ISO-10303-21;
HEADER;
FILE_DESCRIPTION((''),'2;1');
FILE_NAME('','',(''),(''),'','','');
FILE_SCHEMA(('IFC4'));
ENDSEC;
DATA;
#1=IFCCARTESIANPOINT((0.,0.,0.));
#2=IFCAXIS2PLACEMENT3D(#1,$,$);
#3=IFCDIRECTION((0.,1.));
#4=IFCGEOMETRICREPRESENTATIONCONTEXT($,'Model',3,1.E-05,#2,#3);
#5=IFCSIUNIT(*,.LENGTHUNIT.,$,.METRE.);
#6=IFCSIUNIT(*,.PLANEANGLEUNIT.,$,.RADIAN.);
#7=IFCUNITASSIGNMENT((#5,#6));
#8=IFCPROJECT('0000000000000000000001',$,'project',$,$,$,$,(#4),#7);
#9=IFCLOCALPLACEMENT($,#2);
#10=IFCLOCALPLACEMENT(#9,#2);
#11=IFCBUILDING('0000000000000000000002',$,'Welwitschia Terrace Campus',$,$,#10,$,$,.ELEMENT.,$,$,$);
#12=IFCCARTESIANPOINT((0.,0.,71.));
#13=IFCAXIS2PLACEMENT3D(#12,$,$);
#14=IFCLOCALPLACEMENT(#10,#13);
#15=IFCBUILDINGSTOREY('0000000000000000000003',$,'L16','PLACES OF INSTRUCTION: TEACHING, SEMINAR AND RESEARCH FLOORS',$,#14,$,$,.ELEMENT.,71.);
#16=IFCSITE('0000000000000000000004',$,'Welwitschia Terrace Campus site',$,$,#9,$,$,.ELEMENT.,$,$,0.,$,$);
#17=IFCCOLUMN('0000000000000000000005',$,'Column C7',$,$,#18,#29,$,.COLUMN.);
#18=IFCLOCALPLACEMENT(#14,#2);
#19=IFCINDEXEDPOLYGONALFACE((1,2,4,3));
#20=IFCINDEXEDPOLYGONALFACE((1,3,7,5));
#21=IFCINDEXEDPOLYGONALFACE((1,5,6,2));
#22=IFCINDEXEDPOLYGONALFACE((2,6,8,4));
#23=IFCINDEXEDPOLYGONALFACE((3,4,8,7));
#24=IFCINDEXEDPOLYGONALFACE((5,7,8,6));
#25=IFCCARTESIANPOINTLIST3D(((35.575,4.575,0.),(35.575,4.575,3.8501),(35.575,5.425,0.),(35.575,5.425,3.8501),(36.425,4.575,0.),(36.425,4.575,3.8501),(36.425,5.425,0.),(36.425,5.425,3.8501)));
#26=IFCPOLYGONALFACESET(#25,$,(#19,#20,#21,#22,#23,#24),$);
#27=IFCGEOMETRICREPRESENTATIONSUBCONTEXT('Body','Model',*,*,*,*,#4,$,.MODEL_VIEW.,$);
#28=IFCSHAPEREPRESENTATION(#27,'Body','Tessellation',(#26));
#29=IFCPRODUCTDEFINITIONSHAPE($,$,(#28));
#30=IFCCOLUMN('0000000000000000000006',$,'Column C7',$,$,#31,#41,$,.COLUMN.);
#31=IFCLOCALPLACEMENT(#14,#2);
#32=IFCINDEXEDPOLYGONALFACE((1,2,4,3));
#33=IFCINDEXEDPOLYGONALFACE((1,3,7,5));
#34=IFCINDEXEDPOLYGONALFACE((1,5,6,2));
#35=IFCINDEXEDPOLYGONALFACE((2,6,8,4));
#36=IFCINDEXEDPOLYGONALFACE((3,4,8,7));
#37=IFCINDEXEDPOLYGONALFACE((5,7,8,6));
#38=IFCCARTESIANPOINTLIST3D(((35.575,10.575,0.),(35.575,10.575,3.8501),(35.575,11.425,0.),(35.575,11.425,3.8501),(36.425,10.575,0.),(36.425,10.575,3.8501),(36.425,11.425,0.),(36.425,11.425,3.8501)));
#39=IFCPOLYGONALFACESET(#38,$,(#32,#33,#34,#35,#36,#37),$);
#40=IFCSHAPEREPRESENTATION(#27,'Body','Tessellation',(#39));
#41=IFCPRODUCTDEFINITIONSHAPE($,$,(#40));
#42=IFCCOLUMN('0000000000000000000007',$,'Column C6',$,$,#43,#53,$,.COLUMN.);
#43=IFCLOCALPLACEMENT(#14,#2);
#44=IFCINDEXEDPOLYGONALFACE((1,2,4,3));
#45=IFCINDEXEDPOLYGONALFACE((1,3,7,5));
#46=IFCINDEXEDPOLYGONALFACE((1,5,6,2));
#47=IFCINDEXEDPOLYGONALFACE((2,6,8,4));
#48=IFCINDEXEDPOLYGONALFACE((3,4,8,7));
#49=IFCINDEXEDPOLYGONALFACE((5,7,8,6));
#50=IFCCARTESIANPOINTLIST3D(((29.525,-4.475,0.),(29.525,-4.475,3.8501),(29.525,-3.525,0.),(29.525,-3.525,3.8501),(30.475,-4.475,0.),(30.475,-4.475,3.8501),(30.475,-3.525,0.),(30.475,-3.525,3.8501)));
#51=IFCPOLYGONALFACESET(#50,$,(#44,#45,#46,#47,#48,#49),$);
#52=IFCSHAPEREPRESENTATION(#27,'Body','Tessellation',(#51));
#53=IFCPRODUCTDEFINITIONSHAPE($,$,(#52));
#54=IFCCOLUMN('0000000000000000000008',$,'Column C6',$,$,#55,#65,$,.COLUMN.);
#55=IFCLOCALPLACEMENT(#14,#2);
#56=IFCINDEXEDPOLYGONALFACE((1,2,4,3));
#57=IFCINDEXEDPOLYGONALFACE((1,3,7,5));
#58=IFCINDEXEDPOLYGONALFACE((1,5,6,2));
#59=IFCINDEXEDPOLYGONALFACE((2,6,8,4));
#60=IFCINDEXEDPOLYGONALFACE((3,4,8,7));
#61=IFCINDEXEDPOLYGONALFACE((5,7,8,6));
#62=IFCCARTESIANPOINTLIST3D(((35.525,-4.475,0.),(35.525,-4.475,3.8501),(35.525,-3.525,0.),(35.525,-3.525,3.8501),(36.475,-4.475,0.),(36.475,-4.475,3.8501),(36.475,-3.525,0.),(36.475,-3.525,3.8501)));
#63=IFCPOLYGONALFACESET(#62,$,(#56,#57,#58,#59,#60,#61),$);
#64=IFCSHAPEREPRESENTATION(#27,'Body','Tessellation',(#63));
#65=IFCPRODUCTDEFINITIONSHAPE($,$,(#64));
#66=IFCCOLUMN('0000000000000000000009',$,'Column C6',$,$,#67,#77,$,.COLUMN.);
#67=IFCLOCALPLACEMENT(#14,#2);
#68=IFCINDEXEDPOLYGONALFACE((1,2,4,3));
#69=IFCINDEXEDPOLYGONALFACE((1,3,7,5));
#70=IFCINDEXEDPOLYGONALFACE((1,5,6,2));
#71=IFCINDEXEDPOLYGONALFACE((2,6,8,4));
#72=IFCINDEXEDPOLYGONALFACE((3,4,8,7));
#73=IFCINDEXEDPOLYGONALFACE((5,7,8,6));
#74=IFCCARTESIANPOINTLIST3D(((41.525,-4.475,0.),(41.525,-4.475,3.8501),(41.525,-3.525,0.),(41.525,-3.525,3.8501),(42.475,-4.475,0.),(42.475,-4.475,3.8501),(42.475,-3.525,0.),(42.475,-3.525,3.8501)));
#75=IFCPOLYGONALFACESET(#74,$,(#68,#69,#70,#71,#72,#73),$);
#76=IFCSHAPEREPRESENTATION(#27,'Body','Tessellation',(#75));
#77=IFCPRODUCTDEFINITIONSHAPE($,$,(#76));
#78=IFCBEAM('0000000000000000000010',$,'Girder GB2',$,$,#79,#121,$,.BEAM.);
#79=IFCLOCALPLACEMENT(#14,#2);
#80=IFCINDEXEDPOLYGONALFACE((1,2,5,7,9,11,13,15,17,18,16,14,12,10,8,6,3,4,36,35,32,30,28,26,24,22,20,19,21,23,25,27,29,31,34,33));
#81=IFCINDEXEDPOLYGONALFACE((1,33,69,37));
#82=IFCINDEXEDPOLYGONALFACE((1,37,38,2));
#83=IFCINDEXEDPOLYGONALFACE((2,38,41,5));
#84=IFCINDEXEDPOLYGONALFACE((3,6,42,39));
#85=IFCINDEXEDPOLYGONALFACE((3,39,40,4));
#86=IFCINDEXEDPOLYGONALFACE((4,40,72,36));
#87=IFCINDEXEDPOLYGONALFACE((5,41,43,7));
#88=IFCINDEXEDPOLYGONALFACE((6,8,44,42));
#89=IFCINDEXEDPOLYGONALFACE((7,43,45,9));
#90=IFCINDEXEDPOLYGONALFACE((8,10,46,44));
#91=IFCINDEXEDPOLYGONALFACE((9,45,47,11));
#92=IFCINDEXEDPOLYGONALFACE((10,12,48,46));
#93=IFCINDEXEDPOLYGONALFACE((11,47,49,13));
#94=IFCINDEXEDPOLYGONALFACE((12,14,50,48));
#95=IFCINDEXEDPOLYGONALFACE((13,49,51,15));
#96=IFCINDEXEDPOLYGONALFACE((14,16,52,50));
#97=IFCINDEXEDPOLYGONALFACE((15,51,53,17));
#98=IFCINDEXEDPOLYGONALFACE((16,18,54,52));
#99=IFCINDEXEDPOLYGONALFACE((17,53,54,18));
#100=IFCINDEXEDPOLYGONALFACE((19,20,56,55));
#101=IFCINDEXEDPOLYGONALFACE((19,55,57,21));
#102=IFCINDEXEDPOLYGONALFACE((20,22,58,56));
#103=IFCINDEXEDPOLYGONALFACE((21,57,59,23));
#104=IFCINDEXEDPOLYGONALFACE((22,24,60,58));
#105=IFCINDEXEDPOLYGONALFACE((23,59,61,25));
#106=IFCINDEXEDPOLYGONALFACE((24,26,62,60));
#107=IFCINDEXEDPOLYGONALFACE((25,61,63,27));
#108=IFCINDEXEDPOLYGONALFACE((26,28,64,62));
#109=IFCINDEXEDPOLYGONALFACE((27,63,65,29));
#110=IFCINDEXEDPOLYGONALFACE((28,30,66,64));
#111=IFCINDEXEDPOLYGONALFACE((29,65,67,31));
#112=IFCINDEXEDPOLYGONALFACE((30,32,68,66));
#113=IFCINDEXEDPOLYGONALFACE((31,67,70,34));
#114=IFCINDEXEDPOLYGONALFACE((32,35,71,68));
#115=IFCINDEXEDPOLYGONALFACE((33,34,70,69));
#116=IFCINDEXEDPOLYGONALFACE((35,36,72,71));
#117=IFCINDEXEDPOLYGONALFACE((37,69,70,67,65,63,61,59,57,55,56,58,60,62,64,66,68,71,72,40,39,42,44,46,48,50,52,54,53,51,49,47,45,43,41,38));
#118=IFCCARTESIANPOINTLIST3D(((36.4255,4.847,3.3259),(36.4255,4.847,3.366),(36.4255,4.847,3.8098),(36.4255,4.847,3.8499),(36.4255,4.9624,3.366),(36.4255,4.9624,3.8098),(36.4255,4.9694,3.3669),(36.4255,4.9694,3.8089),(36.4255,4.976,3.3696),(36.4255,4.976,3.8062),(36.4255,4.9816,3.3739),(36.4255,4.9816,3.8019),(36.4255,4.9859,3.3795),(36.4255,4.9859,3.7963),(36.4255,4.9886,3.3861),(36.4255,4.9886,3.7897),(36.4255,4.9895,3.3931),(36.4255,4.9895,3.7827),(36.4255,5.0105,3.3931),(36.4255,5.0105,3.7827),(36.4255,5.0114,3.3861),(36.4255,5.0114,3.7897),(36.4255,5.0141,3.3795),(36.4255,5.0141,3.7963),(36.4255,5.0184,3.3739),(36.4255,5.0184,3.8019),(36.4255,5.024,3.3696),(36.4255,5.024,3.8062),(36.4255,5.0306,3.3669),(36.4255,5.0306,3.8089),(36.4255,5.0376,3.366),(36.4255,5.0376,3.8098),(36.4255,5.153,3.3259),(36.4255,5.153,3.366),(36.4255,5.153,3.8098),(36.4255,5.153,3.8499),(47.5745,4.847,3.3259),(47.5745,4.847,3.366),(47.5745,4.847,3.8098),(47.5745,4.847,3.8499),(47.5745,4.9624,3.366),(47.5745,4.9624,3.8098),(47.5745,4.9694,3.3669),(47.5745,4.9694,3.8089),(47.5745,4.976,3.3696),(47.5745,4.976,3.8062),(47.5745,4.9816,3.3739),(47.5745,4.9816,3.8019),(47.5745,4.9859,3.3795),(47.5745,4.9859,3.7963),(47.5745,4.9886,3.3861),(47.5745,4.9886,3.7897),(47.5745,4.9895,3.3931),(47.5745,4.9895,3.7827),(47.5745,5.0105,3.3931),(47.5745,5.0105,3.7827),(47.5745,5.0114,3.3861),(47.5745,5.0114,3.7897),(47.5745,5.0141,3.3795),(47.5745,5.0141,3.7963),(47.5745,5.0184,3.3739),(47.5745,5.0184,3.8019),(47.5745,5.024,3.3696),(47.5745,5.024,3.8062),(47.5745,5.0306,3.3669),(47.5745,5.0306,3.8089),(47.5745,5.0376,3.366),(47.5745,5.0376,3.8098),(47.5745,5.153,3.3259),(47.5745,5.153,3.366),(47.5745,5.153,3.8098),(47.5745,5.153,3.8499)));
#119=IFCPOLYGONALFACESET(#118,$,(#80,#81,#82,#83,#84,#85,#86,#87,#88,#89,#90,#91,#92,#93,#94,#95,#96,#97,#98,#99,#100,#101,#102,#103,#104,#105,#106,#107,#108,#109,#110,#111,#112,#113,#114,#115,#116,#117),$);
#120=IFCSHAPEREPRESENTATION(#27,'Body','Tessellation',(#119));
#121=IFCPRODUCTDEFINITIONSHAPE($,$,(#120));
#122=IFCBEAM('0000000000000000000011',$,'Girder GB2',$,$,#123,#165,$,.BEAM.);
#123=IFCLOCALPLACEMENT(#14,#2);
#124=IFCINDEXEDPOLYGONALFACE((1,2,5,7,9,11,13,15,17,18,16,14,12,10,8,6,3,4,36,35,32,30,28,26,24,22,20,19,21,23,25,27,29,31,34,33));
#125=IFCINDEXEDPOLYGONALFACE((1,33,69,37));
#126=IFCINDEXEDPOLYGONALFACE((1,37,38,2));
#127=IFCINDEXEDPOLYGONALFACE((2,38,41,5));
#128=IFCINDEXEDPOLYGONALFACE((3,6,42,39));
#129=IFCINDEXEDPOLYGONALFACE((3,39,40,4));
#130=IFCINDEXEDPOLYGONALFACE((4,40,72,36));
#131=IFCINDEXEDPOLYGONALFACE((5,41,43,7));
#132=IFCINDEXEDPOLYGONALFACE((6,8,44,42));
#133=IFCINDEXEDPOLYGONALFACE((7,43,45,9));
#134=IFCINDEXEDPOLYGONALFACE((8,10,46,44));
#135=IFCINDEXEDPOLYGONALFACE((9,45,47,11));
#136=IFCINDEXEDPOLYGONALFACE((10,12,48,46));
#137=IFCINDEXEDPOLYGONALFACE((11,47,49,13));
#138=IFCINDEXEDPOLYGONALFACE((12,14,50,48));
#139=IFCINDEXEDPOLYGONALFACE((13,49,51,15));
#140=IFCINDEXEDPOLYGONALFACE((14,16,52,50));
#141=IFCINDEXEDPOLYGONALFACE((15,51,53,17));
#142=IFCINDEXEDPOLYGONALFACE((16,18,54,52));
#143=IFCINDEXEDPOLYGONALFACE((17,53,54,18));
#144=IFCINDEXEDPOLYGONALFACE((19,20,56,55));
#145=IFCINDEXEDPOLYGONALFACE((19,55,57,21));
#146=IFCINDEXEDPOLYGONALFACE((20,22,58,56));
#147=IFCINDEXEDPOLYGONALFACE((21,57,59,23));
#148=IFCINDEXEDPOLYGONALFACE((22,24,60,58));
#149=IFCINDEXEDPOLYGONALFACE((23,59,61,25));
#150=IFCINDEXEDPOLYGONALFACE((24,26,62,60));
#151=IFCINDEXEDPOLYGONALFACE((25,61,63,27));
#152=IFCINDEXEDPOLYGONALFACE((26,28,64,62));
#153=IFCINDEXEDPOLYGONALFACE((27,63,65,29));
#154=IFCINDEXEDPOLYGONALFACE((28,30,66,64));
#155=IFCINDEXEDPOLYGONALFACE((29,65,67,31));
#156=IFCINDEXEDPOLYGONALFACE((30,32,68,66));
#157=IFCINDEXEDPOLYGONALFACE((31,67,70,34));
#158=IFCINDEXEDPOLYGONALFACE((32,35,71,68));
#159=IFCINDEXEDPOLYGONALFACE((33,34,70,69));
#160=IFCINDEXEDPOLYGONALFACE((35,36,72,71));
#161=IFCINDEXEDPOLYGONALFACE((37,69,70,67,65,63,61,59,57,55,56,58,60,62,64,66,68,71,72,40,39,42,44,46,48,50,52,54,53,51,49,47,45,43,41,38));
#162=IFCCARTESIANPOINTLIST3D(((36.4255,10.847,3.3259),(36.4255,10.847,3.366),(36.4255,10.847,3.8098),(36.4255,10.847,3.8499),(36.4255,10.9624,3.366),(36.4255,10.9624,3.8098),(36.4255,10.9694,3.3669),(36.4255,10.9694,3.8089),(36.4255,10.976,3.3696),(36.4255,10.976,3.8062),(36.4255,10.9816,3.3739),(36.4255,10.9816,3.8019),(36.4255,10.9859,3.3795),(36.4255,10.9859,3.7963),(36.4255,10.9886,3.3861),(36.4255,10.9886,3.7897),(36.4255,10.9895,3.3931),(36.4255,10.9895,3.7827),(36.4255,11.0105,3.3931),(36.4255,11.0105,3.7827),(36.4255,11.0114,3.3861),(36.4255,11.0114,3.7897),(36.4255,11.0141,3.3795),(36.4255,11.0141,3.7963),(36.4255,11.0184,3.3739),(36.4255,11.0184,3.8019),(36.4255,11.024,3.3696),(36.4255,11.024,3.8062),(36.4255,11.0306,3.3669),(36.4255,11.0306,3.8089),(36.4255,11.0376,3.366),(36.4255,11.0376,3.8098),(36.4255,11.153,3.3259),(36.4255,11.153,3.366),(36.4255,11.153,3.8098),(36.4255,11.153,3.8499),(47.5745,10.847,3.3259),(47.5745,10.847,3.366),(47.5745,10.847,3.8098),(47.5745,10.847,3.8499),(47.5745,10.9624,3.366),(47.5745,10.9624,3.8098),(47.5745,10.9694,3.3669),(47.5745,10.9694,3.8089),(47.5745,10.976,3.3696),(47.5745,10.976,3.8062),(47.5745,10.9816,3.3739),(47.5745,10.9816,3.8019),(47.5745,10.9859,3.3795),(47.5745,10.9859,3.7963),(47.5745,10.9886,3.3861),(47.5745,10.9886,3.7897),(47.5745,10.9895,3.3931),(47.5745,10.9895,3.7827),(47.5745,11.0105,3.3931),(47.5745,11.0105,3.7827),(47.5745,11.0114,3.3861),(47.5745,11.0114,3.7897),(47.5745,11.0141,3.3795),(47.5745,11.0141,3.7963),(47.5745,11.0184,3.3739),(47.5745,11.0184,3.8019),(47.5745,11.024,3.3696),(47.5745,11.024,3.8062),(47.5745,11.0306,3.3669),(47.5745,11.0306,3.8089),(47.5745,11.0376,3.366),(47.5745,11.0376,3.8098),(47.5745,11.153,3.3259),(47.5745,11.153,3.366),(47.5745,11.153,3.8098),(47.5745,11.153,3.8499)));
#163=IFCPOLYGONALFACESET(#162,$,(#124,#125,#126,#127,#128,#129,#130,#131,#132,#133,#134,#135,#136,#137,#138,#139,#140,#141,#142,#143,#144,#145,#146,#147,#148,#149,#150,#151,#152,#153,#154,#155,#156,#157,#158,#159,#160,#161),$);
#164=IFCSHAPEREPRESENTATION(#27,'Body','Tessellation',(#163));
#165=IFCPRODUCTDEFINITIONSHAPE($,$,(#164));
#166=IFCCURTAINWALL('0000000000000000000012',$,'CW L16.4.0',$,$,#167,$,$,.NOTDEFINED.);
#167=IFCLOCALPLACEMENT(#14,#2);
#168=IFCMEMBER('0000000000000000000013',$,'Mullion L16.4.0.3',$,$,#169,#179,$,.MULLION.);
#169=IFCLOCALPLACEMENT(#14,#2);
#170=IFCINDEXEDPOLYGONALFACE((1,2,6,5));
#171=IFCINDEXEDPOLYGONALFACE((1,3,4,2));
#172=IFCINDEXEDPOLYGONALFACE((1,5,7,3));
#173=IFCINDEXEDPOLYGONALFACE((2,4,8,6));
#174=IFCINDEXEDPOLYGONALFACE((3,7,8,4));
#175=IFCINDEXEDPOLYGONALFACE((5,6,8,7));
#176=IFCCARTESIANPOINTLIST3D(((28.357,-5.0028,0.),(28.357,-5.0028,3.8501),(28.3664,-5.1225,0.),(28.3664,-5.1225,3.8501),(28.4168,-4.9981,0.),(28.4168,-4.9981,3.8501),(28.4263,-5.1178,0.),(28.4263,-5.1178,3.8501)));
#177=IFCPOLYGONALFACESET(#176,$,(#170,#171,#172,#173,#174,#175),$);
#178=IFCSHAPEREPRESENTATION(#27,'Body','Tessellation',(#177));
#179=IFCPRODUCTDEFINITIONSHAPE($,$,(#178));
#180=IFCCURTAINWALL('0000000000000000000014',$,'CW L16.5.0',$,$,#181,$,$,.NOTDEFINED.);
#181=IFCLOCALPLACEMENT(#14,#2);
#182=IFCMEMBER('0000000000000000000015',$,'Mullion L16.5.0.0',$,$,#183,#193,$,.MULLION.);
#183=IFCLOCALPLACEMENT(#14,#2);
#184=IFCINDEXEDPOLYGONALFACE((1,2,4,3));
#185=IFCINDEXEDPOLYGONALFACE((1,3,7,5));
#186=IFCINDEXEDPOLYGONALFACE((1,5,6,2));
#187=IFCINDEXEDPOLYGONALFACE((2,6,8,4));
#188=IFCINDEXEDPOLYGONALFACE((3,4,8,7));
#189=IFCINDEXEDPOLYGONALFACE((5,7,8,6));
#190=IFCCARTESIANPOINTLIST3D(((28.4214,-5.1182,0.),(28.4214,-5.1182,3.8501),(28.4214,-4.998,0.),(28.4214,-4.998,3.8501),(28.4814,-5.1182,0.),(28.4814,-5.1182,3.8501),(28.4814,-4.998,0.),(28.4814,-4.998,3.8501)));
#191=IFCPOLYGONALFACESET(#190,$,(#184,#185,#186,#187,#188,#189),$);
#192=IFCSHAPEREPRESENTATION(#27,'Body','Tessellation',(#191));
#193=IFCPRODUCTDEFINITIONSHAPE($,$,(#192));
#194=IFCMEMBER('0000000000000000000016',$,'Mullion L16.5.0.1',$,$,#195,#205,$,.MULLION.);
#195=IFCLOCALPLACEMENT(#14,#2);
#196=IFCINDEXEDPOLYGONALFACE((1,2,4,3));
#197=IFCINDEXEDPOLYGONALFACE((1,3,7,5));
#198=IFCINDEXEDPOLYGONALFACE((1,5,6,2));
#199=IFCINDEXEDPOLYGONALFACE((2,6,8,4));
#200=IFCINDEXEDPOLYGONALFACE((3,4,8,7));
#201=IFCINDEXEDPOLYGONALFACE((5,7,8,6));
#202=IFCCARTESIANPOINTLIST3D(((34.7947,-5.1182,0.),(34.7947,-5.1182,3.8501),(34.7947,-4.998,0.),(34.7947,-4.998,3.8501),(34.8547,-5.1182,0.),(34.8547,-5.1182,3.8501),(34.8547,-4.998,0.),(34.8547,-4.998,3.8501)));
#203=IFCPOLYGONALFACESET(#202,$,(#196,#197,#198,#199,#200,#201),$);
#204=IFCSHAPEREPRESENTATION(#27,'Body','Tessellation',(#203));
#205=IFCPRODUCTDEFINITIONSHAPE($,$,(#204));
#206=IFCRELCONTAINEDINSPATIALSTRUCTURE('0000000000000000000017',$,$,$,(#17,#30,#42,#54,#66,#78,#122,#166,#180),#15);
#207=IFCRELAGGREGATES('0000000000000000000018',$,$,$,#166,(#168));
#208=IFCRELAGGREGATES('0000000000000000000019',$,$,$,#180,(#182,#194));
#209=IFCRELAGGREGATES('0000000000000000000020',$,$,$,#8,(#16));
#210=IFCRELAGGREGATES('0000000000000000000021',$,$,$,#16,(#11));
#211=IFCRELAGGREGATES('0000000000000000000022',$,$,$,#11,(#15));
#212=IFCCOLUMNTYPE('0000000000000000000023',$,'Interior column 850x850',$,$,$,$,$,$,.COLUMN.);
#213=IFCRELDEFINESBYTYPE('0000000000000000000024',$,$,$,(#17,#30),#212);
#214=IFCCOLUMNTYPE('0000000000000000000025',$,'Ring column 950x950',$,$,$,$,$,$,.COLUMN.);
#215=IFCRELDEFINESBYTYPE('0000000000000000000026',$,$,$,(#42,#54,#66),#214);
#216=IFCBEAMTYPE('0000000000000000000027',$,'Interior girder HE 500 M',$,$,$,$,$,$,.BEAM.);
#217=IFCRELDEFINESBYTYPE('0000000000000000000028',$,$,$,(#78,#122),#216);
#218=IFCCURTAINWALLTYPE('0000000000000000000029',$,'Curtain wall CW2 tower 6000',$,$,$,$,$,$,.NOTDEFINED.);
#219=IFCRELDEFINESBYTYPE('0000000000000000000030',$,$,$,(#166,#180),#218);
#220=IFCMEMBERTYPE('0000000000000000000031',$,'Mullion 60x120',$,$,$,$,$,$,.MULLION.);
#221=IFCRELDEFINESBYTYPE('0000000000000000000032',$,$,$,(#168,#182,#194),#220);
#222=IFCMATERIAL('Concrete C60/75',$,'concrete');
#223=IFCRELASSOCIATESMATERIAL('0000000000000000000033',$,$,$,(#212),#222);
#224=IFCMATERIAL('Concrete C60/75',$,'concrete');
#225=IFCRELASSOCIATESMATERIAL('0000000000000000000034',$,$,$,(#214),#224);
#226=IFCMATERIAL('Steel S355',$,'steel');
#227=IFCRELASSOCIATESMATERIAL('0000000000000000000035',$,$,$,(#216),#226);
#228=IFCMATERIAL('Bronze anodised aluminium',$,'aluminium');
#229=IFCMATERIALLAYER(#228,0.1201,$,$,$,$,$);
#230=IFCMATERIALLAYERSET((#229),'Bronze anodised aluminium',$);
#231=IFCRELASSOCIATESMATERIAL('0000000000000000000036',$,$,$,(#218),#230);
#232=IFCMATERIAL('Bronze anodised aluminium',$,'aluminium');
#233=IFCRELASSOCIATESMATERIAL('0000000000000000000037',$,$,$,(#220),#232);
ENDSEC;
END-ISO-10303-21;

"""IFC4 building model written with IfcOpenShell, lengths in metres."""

from ifc_helpers import new_model, si_unit, direction, frame, origin, origin_2d, place, context, subcontext, project, spatial, rectangle, i_section, extrude, material, layer, layer_set, material_profile, profile_set, type_object, element, aggregate, save


model = new_model("IFC4")

# Units and contexts
model_context = context("Model", 3, precision=1e-05, world=origin(), true_north=direction((0.0, 1.0)))
body_context = subcontext(model_context, "Body", "Model", "MODEL_VIEW")
ifc_project = project(units=[si_unit("LENGTHUNIT", "METRE"), si_unit("PLANEANGLEUNIT", "RADIAN")], contexts=[model_context])

# Site, building, storey
site_placement = place(None, origin())
site = spatial("IfcSite", under=ifc_project, at=site_placement, Name="Welwitschia Terrace Campus site", CompositionType="ELEMENT", RefElevation=0.0)
building_placement = place(site_placement, origin())
building = spatial("IfcBuilding", under=site, at=building_placement, Name="Welwitschia Terrace Campus", CompositionType="ELEMENT")
storey_placement = place(building_placement, frame((0.0, 0.0, 71.0)))
storey = spatial("IfcBuildingStorey", under=building, at=storey_placement, Name="L16", Description="PLACES OF INSTRUCTION: TEACHING, SEMINAR AND RESEARCH FLOORS", CompositionType="ELEMENT", Elevation=71.0)

# Columns
ifc_material_1 = material(Name="Concrete C60/75", Category="concrete")
ifc_material_profile_1 = material_profile(ifc_material_1, rectangle(XDim=0.8501, YDim=0.8501, at=origin_2d()))
ifc_profile_set_1 = profile_set([ifc_material_profile_1], Name="Concrete C60/75")
column_type_1 = type_object("IfcColumnType", Name="Interior column 850x850", PredefinedType="COLUMN", material=ifc_profile_set_1)
for number, where, z_axis, x_axis, name in (
    (1, (36.0, 5.0, 0.0), (0.0, 0.0, 1.0), (1.0, 0.0, 0.0), "Column C7"),
    (2, (36.0, 11.0, 0.0), (0.0, 0.0, 1.0), (1.0, 0.0, 0.0), "Column C7"),
):
    element("IfcColumn", number, at=place(storey_placement, frame(where, z_axis=z_axis, x_axis=x_axis)), inside=storey, type_object=column_type_1, Name=name, PredefinedType="COLUMN", context=body_context, shape_type="SweptSolid", body=[
        extrude(rectangle(XDim=0.8501, YDim=0.8501, at=origin_2d()), origin(), (0.0, 0.0, 1.0), 3.8501),
    ])
ifc_material_2 = material(Name="Concrete C60/75", Category="concrete")
ifc_material_profile_2 = material_profile(ifc_material_2, rectangle(XDim=0.95, YDim=0.95, at=origin_2d()))
ifc_profile_set_2 = profile_set([ifc_material_profile_2], Name="Concrete C60/75")
column_type_2 = type_object("IfcColumnType", Name="Ring column 950x950", PredefinedType="COLUMN", material=ifc_profile_set_2)
for number, where, z_axis, x_axis, name in (
    (3, (30.0, -4.0, 0.0), (0.0, 0.0, 1.0), (1.0, 0.0, 0.0), "Column C6"),
    (4, (36.0, -4.0, 0.0), (0.0, 0.0, 1.0), (1.0, 0.0, 0.0), "Column C6"),
    (5, (42.0, -4.0, 0.0), (0.0, 0.0, 1.0), (1.0, 0.0, 0.0), "Column C6"),
):
    element("IfcColumn", number, at=place(storey_placement, frame(where, z_axis=z_axis, x_axis=x_axis)), inside=storey, type_object=column_type_2, Name=name, PredefinedType="COLUMN", context=body_context, shape_type="SweptSolid", body=[
        extrude(rectangle(XDim=0.95, YDim=0.95, at=origin_2d()), origin(), (0.0, 0.0, 1.0), 3.8501),
    ])

# Beams
ifc_material_3 = material(Name="Steel S355", Category="steel")
ifc_material_profile_3 = material_profile(ifc_material_3, i_section(OverallWidth=0.3059, OverallDepth=0.5239, WebThickness=0.021, FlangeThickness=0.04, FilletRadius=0.0271, at=origin_2d()))
ifc_profile_set_3 = profile_set([ifc_material_profile_3], Name="Steel S355")
beam_type_1 = type_object("IfcBeamType", Name="Interior girder HE 500 M", PredefinedType="BEAM", material=ifc_profile_set_3)
for number, where, z_axis, x_axis, name in (
    (6, (36.4255, 5.0, 3.5879), (1.0, 0.0, 0.0), (0.0, 1.0, 0.0), "Girder GB2"),
    (7, (36.4255, 11.0, 3.5879), (1.0, 0.0, 0.0), (0.0, 1.0, 0.0), "Girder GB2"),
):
    element("IfcBeam", number, at=place(storey_placement, frame(where, z_axis=z_axis, x_axis=x_axis)), inside=storey, type_object=beam_type_1, Name=name, PredefinedType="BEAM", context=body_context, shape_type="SweptSolid", body=[
        extrude(i_section(OverallWidth=0.3059, OverallDepth=0.5239, WebThickness=0.021, FlangeThickness=0.04, FilletRadius=0.0271, at=origin_2d()), origin(), (0.0, 0.0, 1.0), 11.1489),
    ])

# Curtain wall, member
ifc_material_4 = material(Name="Bronze anodised aluminium", Category="aluminium")
ifc_layer_1 = layer(ifc_material_4, 0.1201)
ifc_layer_set_1 = layer_set([ifc_layer_1], Name="Bronze anodised aluminium")
curtain_wall_type = type_object("IfcCurtainWallType", Name="Curtain wall CW2 tower 6000", PredefinedType="NOTDEFINED", material=ifc_layer_set_1)
curtain_wall_1_placement = place(storey_placement, origin())
curtain_wall_1 = element("IfcCurtainWall", 8, at=curtain_wall_1_placement, inside=storey, type_object=curtain_wall_type, Name="CW L16.4.0", PredefinedType="NOTDEFINED")
ifc_material_5 = material(Name="Bronze anodised aluminium", Category="aluminium")
ifc_material_profile_4 = material_profile(ifc_material_5, rectangle(XDim=0.1201, YDim=0.0601, at=origin_2d()))
ifc_profile_set_4 = profile_set([ifc_material_profile_4], Name="Bronze anodised aluminium")
member_type_1 = type_object("IfcMemberType", Name="Mullion 60x120", PredefinedType="MULLION", material=ifc_profile_set_4)
member_1_placement = place(storey_placement, frame((28.3916, -5.0603, 0.0), z_axis=(0.0, 0.0, 1.0), x_axis=(-0.078459, 0.996917, 0.0)))
member_1 = element("IfcMember", 9, at=member_1_placement, type_object=member_type_1, Name="Mullion L16.4.0.3", PredefinedType="MULLION", context=body_context, shape_type="SweptSolid", body=[
    extrude(rectangle(XDim=0.1201, YDim=0.0601, at=origin_2d()), origin(), (0.0, 0.0, 1.0), 3.8501),
])
aggregate(curtain_wall_1, [member_1])

# Curtain wall, members
curtain_wall_2_placement = place(storey_placement, origin())
curtain_wall_2 = element("IfcCurtainWall", 10, at=curtain_wall_2_placement, inside=storey, type_object=curtain_wall_type, Name="CW L16.5.0", PredefinedType="NOTDEFINED")
member_2_placement = place(storey_placement, frame((28.4514, -5.0581, 0.0), z_axis=(0.0, 0.0, 1.0), x_axis=(0.0, 1.0, 0.0)))
member_2 = element("IfcMember", 11, at=member_2_placement, type_object=member_type_1, Name="Mullion L16.5.0.0", PredefinedType="MULLION", context=body_context, shape_type="SweptSolid", body=[
    extrude(rectangle(XDim=0.1201, YDim=0.0601, at=origin_2d()), origin(), (0.0, 0.0, 1.0), 3.8501),
])
member_3_placement = place(storey_placement, frame((34.8247, -5.0581, 0.0), z_axis=(0.0, 0.0, 1.0), x_axis=(0.0, 1.0, 0.0)))
member_3 = element("IfcMember", 12, at=member_3_placement, type_object=member_type_1, Name="Mullion L16.5.0.1", PredefinedType="MULLION", context=body_context, shape_type="SweptSolid", body=[
    extrude(rectangle(XDim=0.1201, YDim=0.0601, at=origin_2d()), origin(), (0.0, 0.0, 1.0), 3.8501),
])

aggregate(curtain_wall_2, [member_2, member_3])

save(model, "model.ifc")
